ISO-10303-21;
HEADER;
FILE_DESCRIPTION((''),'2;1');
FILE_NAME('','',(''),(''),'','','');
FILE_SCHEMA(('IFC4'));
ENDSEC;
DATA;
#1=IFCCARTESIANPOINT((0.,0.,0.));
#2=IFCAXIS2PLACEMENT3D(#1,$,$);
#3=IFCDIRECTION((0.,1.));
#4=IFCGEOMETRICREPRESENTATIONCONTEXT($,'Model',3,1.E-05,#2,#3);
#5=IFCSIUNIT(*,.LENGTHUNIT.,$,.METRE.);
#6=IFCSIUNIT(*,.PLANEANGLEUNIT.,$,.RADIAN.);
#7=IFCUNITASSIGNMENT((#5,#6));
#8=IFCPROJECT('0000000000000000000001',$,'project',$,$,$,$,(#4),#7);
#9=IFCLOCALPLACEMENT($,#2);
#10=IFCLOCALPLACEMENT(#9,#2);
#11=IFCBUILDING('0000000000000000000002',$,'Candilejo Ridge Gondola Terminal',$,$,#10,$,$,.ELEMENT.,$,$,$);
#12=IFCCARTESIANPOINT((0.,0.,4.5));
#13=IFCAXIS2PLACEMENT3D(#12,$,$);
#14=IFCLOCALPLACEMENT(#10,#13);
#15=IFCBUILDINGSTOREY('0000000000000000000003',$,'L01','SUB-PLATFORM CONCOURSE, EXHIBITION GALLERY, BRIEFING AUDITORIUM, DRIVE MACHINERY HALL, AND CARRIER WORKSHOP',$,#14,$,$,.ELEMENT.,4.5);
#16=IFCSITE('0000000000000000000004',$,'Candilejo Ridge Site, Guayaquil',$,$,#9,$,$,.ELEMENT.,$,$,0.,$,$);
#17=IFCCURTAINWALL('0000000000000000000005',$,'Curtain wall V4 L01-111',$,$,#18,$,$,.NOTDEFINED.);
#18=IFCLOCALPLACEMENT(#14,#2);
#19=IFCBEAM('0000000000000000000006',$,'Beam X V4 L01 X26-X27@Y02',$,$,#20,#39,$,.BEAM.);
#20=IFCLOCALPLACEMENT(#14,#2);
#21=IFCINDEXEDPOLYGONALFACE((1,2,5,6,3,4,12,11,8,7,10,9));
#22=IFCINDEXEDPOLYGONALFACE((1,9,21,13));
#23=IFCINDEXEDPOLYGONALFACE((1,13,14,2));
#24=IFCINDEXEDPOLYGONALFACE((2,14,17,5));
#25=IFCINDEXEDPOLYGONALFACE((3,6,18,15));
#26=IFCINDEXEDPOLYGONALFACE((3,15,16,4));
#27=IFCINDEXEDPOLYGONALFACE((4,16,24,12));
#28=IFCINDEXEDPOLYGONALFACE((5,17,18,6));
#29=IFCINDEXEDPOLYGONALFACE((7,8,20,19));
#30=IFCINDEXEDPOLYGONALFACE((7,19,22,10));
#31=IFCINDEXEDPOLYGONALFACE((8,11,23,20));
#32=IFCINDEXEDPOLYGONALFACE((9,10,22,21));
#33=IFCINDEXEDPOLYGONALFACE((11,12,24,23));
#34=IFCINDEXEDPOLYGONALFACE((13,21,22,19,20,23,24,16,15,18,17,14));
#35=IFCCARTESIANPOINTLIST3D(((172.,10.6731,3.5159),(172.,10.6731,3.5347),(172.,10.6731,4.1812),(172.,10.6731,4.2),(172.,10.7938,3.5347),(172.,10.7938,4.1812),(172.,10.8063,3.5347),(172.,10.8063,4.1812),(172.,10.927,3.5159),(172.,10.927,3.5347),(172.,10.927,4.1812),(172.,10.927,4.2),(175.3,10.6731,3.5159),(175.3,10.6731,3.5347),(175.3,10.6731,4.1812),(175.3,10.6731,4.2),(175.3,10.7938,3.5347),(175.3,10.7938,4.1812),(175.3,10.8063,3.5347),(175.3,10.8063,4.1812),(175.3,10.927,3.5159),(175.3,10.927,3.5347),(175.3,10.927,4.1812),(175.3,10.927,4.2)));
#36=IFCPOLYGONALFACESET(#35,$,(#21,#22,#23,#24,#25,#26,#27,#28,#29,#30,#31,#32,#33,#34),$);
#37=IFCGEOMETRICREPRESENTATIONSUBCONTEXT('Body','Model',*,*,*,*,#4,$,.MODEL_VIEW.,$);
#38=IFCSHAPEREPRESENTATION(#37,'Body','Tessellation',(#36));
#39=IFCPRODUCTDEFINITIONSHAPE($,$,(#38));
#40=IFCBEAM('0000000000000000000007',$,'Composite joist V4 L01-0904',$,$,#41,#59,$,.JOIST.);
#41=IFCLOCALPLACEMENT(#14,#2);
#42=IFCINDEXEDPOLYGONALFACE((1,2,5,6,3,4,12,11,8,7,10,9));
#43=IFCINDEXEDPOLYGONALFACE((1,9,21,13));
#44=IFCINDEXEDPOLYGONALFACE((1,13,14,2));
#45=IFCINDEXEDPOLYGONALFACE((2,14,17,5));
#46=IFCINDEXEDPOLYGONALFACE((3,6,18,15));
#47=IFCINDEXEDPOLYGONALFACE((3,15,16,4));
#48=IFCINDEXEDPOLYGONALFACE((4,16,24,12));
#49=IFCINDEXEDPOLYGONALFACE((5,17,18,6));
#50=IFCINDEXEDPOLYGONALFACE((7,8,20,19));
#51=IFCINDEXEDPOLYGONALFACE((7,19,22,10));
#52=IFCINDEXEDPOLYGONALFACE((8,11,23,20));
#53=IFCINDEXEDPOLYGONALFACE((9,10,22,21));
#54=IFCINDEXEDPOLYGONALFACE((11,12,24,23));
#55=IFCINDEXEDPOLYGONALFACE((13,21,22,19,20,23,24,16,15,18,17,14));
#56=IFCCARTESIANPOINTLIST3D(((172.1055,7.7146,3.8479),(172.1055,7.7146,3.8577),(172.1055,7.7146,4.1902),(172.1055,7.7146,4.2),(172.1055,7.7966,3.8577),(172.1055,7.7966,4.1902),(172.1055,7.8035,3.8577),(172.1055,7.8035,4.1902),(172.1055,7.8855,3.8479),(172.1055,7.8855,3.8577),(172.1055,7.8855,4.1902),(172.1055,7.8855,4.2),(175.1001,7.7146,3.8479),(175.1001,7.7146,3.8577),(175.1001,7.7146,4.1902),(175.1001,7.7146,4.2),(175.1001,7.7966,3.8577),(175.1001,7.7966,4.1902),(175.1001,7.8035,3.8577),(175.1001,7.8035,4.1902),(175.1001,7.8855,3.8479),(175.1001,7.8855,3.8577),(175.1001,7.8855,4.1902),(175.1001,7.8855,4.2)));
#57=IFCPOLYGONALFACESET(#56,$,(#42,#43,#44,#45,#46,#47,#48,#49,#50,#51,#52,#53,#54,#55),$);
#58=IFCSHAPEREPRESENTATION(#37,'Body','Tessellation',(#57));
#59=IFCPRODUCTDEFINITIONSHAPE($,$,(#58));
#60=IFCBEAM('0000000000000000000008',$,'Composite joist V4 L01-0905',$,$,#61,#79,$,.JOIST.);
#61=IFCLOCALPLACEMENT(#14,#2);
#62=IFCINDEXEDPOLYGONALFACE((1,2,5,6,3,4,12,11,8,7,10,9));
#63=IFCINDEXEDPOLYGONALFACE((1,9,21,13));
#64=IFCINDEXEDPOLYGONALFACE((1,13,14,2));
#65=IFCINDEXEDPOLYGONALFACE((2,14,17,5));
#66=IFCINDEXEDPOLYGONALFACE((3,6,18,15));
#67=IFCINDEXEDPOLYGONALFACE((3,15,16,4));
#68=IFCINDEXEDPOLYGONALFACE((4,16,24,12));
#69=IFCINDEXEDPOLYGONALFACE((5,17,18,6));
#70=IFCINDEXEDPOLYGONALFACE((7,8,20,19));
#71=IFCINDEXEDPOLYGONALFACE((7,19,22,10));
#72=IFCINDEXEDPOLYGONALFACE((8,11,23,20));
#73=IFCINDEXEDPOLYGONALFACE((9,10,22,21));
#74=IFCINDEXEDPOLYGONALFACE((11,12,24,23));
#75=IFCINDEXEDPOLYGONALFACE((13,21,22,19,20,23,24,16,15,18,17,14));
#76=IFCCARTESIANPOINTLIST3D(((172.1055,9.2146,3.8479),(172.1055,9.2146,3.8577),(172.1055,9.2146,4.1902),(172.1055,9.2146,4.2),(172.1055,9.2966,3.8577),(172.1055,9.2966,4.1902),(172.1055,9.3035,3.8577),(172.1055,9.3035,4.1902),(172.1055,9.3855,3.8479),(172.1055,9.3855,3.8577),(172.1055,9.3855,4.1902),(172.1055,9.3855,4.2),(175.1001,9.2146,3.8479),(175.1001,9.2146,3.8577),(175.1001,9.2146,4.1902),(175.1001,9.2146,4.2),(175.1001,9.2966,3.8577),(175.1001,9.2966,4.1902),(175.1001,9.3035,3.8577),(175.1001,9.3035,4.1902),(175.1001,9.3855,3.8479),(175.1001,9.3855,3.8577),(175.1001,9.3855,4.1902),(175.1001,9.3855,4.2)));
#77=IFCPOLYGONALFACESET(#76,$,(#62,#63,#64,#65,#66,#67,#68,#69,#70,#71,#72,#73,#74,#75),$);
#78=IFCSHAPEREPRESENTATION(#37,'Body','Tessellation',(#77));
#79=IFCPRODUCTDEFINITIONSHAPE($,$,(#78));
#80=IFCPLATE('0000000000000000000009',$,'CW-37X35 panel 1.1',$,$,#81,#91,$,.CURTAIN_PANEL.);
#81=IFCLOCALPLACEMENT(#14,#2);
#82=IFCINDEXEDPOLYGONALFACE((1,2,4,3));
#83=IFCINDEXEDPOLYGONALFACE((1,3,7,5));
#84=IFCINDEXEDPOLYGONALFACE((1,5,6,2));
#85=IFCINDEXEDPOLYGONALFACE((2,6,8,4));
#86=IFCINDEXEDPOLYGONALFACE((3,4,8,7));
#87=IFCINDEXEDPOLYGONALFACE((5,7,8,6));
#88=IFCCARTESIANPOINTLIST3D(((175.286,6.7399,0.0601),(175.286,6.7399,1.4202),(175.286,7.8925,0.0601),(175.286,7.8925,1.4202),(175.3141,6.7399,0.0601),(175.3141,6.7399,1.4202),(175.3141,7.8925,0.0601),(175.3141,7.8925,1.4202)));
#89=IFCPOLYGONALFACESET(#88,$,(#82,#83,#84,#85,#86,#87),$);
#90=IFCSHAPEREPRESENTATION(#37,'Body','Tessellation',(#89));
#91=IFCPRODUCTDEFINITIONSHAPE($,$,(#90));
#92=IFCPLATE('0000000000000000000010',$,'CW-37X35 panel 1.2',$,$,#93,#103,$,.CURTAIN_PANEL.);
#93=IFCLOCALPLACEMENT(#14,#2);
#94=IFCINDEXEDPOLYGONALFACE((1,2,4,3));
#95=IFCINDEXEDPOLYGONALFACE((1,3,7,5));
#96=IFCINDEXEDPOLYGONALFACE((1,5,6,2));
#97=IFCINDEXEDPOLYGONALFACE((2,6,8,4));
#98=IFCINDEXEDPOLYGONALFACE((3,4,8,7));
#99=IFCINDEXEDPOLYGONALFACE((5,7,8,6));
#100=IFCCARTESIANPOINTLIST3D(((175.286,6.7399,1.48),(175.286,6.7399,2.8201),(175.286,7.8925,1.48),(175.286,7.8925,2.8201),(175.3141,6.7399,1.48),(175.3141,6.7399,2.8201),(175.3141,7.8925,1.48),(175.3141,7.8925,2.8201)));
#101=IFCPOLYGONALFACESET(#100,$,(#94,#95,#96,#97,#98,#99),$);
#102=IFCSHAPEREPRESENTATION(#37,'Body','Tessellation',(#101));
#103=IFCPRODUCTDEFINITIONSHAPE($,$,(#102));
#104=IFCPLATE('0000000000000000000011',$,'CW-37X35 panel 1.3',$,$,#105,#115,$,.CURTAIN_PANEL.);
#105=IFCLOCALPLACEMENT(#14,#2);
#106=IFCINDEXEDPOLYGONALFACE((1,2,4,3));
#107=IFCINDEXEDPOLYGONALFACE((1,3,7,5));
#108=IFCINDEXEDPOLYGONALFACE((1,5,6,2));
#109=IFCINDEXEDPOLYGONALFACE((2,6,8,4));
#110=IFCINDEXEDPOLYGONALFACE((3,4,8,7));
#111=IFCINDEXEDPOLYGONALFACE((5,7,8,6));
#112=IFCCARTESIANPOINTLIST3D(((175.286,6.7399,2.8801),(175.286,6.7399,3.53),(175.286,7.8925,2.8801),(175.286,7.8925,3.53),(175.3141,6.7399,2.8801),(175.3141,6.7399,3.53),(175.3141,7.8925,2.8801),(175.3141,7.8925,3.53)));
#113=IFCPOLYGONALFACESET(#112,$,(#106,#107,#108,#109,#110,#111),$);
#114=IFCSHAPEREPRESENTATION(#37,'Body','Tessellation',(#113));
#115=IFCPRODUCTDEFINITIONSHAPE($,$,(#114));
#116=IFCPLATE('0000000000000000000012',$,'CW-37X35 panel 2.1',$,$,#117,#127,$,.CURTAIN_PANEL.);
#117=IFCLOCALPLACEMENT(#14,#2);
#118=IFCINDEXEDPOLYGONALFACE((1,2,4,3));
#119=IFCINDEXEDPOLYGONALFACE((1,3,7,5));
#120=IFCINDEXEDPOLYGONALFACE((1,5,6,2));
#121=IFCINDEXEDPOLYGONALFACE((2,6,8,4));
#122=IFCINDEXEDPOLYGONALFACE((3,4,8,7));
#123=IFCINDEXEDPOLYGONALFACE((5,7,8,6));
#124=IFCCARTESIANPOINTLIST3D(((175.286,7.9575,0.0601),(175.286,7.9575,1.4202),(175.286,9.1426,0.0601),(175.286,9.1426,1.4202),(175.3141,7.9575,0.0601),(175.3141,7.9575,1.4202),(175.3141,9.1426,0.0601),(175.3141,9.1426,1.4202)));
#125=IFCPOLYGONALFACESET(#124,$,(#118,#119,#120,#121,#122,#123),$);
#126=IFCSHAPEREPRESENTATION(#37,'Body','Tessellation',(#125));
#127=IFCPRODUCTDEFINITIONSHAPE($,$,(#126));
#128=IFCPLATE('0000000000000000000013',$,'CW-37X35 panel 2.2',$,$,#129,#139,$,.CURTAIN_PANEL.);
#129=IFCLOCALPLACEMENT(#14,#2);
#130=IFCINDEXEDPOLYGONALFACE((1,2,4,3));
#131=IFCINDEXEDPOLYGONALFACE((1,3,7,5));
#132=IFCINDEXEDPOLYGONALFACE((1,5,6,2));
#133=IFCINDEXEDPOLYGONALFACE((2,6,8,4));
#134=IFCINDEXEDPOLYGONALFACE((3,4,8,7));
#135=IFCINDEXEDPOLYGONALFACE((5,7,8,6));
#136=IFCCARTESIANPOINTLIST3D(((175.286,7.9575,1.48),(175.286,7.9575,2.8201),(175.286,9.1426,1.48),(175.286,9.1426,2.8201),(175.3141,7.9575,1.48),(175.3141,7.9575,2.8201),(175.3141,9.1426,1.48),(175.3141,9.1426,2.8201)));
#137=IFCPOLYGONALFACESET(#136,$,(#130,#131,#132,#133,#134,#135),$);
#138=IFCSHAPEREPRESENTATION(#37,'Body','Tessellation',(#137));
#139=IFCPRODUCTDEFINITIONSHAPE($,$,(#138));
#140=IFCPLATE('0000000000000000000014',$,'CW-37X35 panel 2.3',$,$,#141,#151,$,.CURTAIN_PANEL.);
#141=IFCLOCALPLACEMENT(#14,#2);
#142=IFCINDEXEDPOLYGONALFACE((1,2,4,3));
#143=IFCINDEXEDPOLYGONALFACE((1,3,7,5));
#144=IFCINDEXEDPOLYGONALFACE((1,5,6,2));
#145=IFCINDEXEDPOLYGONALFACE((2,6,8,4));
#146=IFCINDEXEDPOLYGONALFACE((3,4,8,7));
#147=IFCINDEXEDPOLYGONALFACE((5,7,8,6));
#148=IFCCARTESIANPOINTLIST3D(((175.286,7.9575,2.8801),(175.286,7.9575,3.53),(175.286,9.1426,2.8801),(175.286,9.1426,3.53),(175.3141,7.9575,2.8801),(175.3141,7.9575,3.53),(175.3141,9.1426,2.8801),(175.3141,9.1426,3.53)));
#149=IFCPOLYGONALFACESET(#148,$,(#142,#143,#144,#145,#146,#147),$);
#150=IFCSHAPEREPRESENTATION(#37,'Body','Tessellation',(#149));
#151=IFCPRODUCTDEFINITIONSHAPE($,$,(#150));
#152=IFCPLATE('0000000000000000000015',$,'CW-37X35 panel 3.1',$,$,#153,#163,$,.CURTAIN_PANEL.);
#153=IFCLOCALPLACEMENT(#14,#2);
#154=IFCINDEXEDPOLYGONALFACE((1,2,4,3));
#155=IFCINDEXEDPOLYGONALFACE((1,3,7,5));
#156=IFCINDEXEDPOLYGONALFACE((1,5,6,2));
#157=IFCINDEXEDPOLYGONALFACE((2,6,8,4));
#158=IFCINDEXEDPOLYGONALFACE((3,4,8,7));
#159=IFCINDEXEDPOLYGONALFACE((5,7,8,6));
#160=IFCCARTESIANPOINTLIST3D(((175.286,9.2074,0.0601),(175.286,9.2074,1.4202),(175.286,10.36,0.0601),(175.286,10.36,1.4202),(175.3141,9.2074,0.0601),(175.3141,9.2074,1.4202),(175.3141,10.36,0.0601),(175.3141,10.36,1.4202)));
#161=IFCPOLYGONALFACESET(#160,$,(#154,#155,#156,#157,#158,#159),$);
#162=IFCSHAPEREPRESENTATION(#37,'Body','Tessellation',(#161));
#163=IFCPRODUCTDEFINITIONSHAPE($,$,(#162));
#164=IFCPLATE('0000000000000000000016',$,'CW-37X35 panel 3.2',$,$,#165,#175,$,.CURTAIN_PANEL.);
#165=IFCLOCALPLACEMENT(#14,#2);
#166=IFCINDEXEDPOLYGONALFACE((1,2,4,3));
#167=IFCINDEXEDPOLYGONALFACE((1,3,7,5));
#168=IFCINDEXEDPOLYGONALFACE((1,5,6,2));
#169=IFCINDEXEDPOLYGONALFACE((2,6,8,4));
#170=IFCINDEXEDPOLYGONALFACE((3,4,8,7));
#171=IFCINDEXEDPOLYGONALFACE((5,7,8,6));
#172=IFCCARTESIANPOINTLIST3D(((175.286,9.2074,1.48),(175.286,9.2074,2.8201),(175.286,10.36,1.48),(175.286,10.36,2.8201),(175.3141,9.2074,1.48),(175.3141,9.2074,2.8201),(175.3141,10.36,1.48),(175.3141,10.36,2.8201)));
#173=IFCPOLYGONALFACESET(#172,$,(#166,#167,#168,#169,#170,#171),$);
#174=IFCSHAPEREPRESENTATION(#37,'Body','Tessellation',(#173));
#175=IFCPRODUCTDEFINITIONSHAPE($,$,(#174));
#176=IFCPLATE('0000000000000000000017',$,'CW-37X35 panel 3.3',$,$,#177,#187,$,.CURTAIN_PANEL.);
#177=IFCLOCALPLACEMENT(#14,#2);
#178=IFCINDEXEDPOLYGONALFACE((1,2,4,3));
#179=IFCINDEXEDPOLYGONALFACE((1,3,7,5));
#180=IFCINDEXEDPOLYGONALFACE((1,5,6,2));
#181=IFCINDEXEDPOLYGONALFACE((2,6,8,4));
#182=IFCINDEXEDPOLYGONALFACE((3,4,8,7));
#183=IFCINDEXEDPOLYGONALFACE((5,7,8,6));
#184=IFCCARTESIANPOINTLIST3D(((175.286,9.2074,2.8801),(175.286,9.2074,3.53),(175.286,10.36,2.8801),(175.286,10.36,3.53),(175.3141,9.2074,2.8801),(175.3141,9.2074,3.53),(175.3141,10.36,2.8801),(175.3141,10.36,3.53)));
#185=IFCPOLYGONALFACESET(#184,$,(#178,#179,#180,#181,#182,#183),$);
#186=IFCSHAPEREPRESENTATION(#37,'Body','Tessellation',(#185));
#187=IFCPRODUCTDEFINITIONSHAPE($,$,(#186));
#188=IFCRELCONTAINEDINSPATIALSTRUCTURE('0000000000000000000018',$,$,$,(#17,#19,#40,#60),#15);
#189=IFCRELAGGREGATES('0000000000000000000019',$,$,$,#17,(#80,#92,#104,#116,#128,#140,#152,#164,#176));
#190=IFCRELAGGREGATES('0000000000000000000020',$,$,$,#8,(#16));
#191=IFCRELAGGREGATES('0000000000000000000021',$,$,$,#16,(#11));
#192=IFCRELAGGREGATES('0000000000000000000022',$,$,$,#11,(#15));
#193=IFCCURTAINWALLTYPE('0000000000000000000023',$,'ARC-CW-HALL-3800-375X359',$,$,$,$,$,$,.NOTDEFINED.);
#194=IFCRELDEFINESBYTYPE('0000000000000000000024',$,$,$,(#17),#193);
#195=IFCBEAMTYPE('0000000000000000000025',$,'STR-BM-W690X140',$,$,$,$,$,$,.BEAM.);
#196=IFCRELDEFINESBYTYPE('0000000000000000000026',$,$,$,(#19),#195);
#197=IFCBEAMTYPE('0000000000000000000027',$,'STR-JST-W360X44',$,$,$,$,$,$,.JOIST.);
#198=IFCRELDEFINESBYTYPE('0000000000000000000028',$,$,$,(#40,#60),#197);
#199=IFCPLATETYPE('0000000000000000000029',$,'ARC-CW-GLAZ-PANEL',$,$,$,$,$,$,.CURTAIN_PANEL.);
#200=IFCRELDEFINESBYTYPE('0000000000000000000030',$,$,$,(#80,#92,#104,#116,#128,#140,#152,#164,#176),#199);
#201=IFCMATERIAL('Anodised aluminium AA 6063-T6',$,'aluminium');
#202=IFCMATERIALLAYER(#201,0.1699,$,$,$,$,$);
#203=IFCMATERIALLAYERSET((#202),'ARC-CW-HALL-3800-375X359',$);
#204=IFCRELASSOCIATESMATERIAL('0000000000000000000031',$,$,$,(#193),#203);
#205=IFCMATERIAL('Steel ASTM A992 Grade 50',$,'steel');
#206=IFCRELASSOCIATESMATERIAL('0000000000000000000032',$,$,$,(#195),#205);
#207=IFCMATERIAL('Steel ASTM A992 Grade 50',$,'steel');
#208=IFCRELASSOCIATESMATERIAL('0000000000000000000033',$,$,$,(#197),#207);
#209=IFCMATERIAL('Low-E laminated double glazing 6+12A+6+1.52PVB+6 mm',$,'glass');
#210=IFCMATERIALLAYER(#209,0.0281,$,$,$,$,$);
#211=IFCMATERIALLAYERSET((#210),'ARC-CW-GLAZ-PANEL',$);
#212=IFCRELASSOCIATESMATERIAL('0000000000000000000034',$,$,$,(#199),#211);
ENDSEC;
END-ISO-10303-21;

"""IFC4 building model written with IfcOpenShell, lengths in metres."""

from ifc_helpers import new_model, si_unit, direction, frame, origin, origin_2d, place, context, subcontext, project, spatial, rectangle, i_section, extrude, material, layer, layer_set, material_profile, profile_set, type_object, element, aggregate, save


model = new_model("IFC4")

# Units and contexts
model_context = context("Model", 3, precision=1e-05, world=origin(), true_north=direction((0.0, 1.0)))
body_context = subcontext(model_context, "Body", "Model", "MODEL_VIEW")
ifc_project = project(units=[si_unit("LENGTHUNIT", "METRE"), si_unit("PLANEANGLEUNIT", "RADIAN")], contexts=[model_context])

# Site, building, storey
site_placement = place(None, origin())
site = spatial("IfcSite", under=ifc_project, at=site_placement, Name="Candilejo Ridge Site, Guayaquil", CompositionType="ELEMENT", RefElevation=0.0)
building_placement = place(site_placement, origin())
building = spatial("IfcBuilding", under=site, at=building_placement, Name="Candilejo Ridge Gondola Terminal", CompositionType="ELEMENT")
storey_placement = place(building_placement, frame((0.0, 0.0, 4.5)))
storey = spatial("IfcBuildingStorey", under=building, at=storey_placement, Name="L01", Description="SUB-PLATFORM CONCOURSE, EXHIBITION GALLERY, BRIEFING AUDITORIUM, DRIVE MACHINERY HALL, AND CARRIER WORKSHOP", CompositionType="ELEMENT", Elevation=4.5)

# Curtain wall
ifc_material_1 = material(Name="Anodised aluminium AA 6063-T6", Category="aluminium")
ifc_layer_1 = layer(ifc_material_1, 0.1699)
ifc_layer_set_1 = layer_set([ifc_layer_1], Name="ARC-CW-HALL-3800-375X359")
curtain_wall_type = type_object("IfcCurtainWallType", Name="ARC-CW-HALL-3800-375X359", PredefinedType="NOTDEFINED", material=ifc_layer_set_1)
curtain_wall_placement = place(storey_placement, origin())
curtain_wall = element("IfcCurtainWall", 1, at=curtain_wall_placement, inside=storey, type_object=curtain_wall_type, Name="Curtain wall V4 L01-111", PredefinedType="NOTDEFINED")

# Beams
ifc_material_2 = material(Name="Steel ASTM A992 Grade 50", Category="steel")
ifc_material_profile_1 = material_profile(ifc_material_2, i_section(OverallWidth=0.2539, OverallDepth=0.6841, WebThickness=0.0125, FlangeThickness=0.0188, at=origin_2d()))
ifc_profile_set_1 = profile_set([ifc_material_profile_1], Name="Steel ASTM A992 Grade 50")
beam_type_1 = type_object("IfcBeamType", Name="STR-BM-W690X140", PredefinedType="BEAM", material=ifc_profile_set_1)
beam_1_placement = place(storey_placement, frame((172.0, 10.8, 3.8579), z_axis=(1.0, 0.0, 0.0), x_axis=(0.0, 1.0, 0.0)))
element("IfcBeam", 2, at=beam_1_placement, inside=storey, type_object=beam_type_1, Name="Beam X V4 L01 X26-X27@Y02", PredefinedType="BEAM", context=body_context, shape_type="SweptSolid", body=[
    extrude(i_section(OverallWidth=0.2539, OverallDepth=0.6841, WebThickness=0.0125, FlangeThickness=0.0188, at=origin_2d()), origin(), (0.0, 0.0, 1.0), 3.3),
])
ifc_material_3 = material(Name="Steel ASTM A992 Grade 50", Category="steel")
ifc_material_profile_2 = material_profile(ifc_material_3, i_section(OverallWidth=0.1709, OverallDepth=0.3521, WebThickness=0.0068, FlangeThickness=0.0098, at=origin_2d()))
ifc_profile_set_2 = profile_set([ifc_material_profile_2], Name="Steel ASTM A992 Grade 50")
beam_type_2 = type_object("IfcBeamType", Name="STR-JST-W360X44", PredefinedType="JOIST", material=ifc_profile_set_2)
for number, where, z_axis, x_axis, name in (
    (3, (172.1055, 7.8, 4.0239), (1.0, 0.0, 0.0), (0.0, 1.0, 0.0), "Composite joist V4 L01-0904"),
    (4, (172.1055, 9.3, 4.0239), (1.0, 0.0, 0.0), (0.0, 1.0, 0.0), "Composite joist V4 L01-0905"),
):
    element("IfcBeam", number, at=place(storey_placement, frame(where, z_axis=z_axis, x_axis=x_axis)), inside=storey, type_object=beam_type_2, Name=name, PredefinedType="JOIST", context=body_context, shape_type="SweptSolid", body=[
        extrude(i_section(OverallWidth=0.1709, OverallDepth=0.3521, WebThickness=0.0068, FlangeThickness=0.0098, at=origin_2d()), origin(), (0.0, 0.0, 1.0), 2.9946),
    ])

# Plates
ifc_material_4 = material(Name="Low-E laminated double glazing 6+12A+6+1.52PVB+6 mm", Category="glass")
ifc_layer_2 = layer(ifc_material_4, 0.0281)
ifc_layer_set_2 = layer_set([ifc_layer_2], Name="ARC-CW-GLAZ-PANEL")
plate_type = type_object("IfcPlateType", Name="ARC-CW-GLAZ-PANEL", PredefinedType="CURTAIN_PANEL", material=ifc_layer_set_2)
plate_1_placement = place(storey_placement, frame((175.3, 7.3162, 0.0601), z_axis=(0.0, 0.0, 1.0), x_axis=(0.0, 1.0, 0.0)))
plate_1 = element("IfcPlate", 5, at=plate_1_placement, type_object=plate_type, Name="CW-37X35 panel 1.1", PredefinedType="CURTAIN_PANEL", context=body_context, shape_type="SweptSolid", body=[
    extrude(rectangle(XDim=1.1526, YDim=0.0281, at=origin_2d()), origin(), (0.0, 0.0, 1.0), 1.3601),
])
plate_2_placement = place(storey_placement, frame((175.3, 7.3162, 1.48), z_axis=(0.0, 0.0, 1.0), x_axis=(0.0, 1.0, 0.0)))
plate_2 = element("IfcPlate", 6, at=plate_2_placement, type_object=plate_type, Name="CW-37X35 panel 1.2", PredefinedType="CURTAIN_PANEL", context=body_context, shape_type="SweptSolid", body=[
    extrude(rectangle(XDim=1.1526, YDim=0.0281, at=origin_2d()), origin(), (0.0, 0.0, 1.0), 1.3401),
])
plate_3_placement = place(storey_placement, frame((175.3, 7.3162, 2.8801), z_axis=(0.0, 0.0, 1.0), x_axis=(0.0, 1.0, 0.0)))
plate_3 = element("IfcPlate", 7, at=plate_3_placement, type_object=plate_type, Name="CW-37X35 panel 1.3", PredefinedType="CURTAIN_PANEL", context=body_context, shape_type="SweptSolid", body=[
    extrude(rectangle(XDim=1.1526, YDim=0.0281, at=origin_2d()), origin(), (0.0, 0.0, 1.0), 0.6499),
])
plate_4_placement = place(storey_placement, frame((175.3, 8.55, 0.0601), z_axis=(0.0, 0.0, 1.0), x_axis=(0.0, 1.0, 0.0)))
plate_4 = element("IfcPlate", 8, at=plate_4_placement, type_object=plate_type, Name="CW-37X35 panel 2.1", PredefinedType="CURTAIN_PANEL", context=body_context, shape_type="SweptSolid", body=[
    extrude(rectangle(XDim=1.1851, YDim=0.0281, at=origin_2d()), origin(), (0.0, 0.0, 1.0), 1.3601),
])
plate_5_placement = place(storey_placement, frame((175.3, 8.55, 1.48), z_axis=(0.0, 0.0, 1.0), x_axis=(0.0, 1.0, 0.0)))
plate_5 = element("IfcPlate", 9, at=plate_5_placement, type_object=plate_type, Name="CW-37X35 panel 2.2", PredefinedType="CURTAIN_PANEL", context=body_context, shape_type="SweptSolid", body=[
    extrude(rectangle(XDim=1.1851, YDim=0.0281, at=origin_2d()), origin(), (0.0, 0.0, 1.0), 1.3401),
])
plate_6_placement = place(storey_placement, frame((175.3, 8.55, 2.8801), z_axis=(0.0, 0.0, 1.0), x_axis=(0.0, 1.0, 0.0)))
plate_6 = element("IfcPlate", 10, at=plate_6_placement, type_object=plate_type, Name="CW-37X35 panel 2.3", PredefinedType="CURTAIN_PANEL", context=body_context, shape_type="SweptSolid", body=[
    extrude(rectangle(XDim=1.1851, YDim=0.0281, at=origin_2d()), origin(), (0.0, 0.0, 1.0), 0.6499),
])
plate_7_placement = place(storey_placement, frame((175.3, 9.7837, 0.0601), z_axis=(0.0, 0.0, 1.0), x_axis=(0.0, 1.0, 0.0)))
plate_7 = element("IfcPlate", 11, at=plate_7_placement, type_object=plate_type, Name="CW-37X35 panel 3.1", PredefinedType="CURTAIN_PANEL", context=body_context, shape_type="SweptSolid", body=[
    extrude(rectangle(XDim=1.1526, YDim=0.0281, at=origin_2d()), origin(), (0.0, 0.0, 1.0), 1.3601),
])
plate_8_placement = place(storey_placement, frame((175.3, 9.7837, 1.48), z_axis=(0.0, 0.0, 1.0), x_axis=(0.0, 1.0, 0.0)))
plate_8 = element("IfcPlate", 12, at=plate_8_placement, type_object=plate_type, Name="CW-37X35 panel 3.2", PredefinedType="CURTAIN_PANEL", context=body_context, shape_type="SweptSolid", body=[
    extrude(rectangle(XDim=1.1526, YDim=0.0281, at=origin_2d()), origin(), (0.0, 0.0, 1.0), 1.3401),
])
plate_9_placement = place(storey_placement, frame((175.3, 9.7837, 2.8801), z_axis=(0.0, 0.0, 1.0), x_axis=(0.0, 1.0, 0.0)))
plate_9 = element("IfcPlate", 13, at=plate_9_placement, type_object=plate_type, Name="CW-37X35 panel 3.3", PredefinedType="CURTAIN_PANEL", context=body_context, shape_type="SweptSolid", body=[
    extrude(rectangle(XDim=1.1526, YDim=0.0281, at=origin_2d()), origin(), (0.0, 0.0, 1.0), 0.6499),
])
aggregate(curtain_wall, [plate_1, plate_2, plate_3, plate_4, plate_5, plate_6, plate_7, plate_8, plate_9])

save(model, "model.ifc")
